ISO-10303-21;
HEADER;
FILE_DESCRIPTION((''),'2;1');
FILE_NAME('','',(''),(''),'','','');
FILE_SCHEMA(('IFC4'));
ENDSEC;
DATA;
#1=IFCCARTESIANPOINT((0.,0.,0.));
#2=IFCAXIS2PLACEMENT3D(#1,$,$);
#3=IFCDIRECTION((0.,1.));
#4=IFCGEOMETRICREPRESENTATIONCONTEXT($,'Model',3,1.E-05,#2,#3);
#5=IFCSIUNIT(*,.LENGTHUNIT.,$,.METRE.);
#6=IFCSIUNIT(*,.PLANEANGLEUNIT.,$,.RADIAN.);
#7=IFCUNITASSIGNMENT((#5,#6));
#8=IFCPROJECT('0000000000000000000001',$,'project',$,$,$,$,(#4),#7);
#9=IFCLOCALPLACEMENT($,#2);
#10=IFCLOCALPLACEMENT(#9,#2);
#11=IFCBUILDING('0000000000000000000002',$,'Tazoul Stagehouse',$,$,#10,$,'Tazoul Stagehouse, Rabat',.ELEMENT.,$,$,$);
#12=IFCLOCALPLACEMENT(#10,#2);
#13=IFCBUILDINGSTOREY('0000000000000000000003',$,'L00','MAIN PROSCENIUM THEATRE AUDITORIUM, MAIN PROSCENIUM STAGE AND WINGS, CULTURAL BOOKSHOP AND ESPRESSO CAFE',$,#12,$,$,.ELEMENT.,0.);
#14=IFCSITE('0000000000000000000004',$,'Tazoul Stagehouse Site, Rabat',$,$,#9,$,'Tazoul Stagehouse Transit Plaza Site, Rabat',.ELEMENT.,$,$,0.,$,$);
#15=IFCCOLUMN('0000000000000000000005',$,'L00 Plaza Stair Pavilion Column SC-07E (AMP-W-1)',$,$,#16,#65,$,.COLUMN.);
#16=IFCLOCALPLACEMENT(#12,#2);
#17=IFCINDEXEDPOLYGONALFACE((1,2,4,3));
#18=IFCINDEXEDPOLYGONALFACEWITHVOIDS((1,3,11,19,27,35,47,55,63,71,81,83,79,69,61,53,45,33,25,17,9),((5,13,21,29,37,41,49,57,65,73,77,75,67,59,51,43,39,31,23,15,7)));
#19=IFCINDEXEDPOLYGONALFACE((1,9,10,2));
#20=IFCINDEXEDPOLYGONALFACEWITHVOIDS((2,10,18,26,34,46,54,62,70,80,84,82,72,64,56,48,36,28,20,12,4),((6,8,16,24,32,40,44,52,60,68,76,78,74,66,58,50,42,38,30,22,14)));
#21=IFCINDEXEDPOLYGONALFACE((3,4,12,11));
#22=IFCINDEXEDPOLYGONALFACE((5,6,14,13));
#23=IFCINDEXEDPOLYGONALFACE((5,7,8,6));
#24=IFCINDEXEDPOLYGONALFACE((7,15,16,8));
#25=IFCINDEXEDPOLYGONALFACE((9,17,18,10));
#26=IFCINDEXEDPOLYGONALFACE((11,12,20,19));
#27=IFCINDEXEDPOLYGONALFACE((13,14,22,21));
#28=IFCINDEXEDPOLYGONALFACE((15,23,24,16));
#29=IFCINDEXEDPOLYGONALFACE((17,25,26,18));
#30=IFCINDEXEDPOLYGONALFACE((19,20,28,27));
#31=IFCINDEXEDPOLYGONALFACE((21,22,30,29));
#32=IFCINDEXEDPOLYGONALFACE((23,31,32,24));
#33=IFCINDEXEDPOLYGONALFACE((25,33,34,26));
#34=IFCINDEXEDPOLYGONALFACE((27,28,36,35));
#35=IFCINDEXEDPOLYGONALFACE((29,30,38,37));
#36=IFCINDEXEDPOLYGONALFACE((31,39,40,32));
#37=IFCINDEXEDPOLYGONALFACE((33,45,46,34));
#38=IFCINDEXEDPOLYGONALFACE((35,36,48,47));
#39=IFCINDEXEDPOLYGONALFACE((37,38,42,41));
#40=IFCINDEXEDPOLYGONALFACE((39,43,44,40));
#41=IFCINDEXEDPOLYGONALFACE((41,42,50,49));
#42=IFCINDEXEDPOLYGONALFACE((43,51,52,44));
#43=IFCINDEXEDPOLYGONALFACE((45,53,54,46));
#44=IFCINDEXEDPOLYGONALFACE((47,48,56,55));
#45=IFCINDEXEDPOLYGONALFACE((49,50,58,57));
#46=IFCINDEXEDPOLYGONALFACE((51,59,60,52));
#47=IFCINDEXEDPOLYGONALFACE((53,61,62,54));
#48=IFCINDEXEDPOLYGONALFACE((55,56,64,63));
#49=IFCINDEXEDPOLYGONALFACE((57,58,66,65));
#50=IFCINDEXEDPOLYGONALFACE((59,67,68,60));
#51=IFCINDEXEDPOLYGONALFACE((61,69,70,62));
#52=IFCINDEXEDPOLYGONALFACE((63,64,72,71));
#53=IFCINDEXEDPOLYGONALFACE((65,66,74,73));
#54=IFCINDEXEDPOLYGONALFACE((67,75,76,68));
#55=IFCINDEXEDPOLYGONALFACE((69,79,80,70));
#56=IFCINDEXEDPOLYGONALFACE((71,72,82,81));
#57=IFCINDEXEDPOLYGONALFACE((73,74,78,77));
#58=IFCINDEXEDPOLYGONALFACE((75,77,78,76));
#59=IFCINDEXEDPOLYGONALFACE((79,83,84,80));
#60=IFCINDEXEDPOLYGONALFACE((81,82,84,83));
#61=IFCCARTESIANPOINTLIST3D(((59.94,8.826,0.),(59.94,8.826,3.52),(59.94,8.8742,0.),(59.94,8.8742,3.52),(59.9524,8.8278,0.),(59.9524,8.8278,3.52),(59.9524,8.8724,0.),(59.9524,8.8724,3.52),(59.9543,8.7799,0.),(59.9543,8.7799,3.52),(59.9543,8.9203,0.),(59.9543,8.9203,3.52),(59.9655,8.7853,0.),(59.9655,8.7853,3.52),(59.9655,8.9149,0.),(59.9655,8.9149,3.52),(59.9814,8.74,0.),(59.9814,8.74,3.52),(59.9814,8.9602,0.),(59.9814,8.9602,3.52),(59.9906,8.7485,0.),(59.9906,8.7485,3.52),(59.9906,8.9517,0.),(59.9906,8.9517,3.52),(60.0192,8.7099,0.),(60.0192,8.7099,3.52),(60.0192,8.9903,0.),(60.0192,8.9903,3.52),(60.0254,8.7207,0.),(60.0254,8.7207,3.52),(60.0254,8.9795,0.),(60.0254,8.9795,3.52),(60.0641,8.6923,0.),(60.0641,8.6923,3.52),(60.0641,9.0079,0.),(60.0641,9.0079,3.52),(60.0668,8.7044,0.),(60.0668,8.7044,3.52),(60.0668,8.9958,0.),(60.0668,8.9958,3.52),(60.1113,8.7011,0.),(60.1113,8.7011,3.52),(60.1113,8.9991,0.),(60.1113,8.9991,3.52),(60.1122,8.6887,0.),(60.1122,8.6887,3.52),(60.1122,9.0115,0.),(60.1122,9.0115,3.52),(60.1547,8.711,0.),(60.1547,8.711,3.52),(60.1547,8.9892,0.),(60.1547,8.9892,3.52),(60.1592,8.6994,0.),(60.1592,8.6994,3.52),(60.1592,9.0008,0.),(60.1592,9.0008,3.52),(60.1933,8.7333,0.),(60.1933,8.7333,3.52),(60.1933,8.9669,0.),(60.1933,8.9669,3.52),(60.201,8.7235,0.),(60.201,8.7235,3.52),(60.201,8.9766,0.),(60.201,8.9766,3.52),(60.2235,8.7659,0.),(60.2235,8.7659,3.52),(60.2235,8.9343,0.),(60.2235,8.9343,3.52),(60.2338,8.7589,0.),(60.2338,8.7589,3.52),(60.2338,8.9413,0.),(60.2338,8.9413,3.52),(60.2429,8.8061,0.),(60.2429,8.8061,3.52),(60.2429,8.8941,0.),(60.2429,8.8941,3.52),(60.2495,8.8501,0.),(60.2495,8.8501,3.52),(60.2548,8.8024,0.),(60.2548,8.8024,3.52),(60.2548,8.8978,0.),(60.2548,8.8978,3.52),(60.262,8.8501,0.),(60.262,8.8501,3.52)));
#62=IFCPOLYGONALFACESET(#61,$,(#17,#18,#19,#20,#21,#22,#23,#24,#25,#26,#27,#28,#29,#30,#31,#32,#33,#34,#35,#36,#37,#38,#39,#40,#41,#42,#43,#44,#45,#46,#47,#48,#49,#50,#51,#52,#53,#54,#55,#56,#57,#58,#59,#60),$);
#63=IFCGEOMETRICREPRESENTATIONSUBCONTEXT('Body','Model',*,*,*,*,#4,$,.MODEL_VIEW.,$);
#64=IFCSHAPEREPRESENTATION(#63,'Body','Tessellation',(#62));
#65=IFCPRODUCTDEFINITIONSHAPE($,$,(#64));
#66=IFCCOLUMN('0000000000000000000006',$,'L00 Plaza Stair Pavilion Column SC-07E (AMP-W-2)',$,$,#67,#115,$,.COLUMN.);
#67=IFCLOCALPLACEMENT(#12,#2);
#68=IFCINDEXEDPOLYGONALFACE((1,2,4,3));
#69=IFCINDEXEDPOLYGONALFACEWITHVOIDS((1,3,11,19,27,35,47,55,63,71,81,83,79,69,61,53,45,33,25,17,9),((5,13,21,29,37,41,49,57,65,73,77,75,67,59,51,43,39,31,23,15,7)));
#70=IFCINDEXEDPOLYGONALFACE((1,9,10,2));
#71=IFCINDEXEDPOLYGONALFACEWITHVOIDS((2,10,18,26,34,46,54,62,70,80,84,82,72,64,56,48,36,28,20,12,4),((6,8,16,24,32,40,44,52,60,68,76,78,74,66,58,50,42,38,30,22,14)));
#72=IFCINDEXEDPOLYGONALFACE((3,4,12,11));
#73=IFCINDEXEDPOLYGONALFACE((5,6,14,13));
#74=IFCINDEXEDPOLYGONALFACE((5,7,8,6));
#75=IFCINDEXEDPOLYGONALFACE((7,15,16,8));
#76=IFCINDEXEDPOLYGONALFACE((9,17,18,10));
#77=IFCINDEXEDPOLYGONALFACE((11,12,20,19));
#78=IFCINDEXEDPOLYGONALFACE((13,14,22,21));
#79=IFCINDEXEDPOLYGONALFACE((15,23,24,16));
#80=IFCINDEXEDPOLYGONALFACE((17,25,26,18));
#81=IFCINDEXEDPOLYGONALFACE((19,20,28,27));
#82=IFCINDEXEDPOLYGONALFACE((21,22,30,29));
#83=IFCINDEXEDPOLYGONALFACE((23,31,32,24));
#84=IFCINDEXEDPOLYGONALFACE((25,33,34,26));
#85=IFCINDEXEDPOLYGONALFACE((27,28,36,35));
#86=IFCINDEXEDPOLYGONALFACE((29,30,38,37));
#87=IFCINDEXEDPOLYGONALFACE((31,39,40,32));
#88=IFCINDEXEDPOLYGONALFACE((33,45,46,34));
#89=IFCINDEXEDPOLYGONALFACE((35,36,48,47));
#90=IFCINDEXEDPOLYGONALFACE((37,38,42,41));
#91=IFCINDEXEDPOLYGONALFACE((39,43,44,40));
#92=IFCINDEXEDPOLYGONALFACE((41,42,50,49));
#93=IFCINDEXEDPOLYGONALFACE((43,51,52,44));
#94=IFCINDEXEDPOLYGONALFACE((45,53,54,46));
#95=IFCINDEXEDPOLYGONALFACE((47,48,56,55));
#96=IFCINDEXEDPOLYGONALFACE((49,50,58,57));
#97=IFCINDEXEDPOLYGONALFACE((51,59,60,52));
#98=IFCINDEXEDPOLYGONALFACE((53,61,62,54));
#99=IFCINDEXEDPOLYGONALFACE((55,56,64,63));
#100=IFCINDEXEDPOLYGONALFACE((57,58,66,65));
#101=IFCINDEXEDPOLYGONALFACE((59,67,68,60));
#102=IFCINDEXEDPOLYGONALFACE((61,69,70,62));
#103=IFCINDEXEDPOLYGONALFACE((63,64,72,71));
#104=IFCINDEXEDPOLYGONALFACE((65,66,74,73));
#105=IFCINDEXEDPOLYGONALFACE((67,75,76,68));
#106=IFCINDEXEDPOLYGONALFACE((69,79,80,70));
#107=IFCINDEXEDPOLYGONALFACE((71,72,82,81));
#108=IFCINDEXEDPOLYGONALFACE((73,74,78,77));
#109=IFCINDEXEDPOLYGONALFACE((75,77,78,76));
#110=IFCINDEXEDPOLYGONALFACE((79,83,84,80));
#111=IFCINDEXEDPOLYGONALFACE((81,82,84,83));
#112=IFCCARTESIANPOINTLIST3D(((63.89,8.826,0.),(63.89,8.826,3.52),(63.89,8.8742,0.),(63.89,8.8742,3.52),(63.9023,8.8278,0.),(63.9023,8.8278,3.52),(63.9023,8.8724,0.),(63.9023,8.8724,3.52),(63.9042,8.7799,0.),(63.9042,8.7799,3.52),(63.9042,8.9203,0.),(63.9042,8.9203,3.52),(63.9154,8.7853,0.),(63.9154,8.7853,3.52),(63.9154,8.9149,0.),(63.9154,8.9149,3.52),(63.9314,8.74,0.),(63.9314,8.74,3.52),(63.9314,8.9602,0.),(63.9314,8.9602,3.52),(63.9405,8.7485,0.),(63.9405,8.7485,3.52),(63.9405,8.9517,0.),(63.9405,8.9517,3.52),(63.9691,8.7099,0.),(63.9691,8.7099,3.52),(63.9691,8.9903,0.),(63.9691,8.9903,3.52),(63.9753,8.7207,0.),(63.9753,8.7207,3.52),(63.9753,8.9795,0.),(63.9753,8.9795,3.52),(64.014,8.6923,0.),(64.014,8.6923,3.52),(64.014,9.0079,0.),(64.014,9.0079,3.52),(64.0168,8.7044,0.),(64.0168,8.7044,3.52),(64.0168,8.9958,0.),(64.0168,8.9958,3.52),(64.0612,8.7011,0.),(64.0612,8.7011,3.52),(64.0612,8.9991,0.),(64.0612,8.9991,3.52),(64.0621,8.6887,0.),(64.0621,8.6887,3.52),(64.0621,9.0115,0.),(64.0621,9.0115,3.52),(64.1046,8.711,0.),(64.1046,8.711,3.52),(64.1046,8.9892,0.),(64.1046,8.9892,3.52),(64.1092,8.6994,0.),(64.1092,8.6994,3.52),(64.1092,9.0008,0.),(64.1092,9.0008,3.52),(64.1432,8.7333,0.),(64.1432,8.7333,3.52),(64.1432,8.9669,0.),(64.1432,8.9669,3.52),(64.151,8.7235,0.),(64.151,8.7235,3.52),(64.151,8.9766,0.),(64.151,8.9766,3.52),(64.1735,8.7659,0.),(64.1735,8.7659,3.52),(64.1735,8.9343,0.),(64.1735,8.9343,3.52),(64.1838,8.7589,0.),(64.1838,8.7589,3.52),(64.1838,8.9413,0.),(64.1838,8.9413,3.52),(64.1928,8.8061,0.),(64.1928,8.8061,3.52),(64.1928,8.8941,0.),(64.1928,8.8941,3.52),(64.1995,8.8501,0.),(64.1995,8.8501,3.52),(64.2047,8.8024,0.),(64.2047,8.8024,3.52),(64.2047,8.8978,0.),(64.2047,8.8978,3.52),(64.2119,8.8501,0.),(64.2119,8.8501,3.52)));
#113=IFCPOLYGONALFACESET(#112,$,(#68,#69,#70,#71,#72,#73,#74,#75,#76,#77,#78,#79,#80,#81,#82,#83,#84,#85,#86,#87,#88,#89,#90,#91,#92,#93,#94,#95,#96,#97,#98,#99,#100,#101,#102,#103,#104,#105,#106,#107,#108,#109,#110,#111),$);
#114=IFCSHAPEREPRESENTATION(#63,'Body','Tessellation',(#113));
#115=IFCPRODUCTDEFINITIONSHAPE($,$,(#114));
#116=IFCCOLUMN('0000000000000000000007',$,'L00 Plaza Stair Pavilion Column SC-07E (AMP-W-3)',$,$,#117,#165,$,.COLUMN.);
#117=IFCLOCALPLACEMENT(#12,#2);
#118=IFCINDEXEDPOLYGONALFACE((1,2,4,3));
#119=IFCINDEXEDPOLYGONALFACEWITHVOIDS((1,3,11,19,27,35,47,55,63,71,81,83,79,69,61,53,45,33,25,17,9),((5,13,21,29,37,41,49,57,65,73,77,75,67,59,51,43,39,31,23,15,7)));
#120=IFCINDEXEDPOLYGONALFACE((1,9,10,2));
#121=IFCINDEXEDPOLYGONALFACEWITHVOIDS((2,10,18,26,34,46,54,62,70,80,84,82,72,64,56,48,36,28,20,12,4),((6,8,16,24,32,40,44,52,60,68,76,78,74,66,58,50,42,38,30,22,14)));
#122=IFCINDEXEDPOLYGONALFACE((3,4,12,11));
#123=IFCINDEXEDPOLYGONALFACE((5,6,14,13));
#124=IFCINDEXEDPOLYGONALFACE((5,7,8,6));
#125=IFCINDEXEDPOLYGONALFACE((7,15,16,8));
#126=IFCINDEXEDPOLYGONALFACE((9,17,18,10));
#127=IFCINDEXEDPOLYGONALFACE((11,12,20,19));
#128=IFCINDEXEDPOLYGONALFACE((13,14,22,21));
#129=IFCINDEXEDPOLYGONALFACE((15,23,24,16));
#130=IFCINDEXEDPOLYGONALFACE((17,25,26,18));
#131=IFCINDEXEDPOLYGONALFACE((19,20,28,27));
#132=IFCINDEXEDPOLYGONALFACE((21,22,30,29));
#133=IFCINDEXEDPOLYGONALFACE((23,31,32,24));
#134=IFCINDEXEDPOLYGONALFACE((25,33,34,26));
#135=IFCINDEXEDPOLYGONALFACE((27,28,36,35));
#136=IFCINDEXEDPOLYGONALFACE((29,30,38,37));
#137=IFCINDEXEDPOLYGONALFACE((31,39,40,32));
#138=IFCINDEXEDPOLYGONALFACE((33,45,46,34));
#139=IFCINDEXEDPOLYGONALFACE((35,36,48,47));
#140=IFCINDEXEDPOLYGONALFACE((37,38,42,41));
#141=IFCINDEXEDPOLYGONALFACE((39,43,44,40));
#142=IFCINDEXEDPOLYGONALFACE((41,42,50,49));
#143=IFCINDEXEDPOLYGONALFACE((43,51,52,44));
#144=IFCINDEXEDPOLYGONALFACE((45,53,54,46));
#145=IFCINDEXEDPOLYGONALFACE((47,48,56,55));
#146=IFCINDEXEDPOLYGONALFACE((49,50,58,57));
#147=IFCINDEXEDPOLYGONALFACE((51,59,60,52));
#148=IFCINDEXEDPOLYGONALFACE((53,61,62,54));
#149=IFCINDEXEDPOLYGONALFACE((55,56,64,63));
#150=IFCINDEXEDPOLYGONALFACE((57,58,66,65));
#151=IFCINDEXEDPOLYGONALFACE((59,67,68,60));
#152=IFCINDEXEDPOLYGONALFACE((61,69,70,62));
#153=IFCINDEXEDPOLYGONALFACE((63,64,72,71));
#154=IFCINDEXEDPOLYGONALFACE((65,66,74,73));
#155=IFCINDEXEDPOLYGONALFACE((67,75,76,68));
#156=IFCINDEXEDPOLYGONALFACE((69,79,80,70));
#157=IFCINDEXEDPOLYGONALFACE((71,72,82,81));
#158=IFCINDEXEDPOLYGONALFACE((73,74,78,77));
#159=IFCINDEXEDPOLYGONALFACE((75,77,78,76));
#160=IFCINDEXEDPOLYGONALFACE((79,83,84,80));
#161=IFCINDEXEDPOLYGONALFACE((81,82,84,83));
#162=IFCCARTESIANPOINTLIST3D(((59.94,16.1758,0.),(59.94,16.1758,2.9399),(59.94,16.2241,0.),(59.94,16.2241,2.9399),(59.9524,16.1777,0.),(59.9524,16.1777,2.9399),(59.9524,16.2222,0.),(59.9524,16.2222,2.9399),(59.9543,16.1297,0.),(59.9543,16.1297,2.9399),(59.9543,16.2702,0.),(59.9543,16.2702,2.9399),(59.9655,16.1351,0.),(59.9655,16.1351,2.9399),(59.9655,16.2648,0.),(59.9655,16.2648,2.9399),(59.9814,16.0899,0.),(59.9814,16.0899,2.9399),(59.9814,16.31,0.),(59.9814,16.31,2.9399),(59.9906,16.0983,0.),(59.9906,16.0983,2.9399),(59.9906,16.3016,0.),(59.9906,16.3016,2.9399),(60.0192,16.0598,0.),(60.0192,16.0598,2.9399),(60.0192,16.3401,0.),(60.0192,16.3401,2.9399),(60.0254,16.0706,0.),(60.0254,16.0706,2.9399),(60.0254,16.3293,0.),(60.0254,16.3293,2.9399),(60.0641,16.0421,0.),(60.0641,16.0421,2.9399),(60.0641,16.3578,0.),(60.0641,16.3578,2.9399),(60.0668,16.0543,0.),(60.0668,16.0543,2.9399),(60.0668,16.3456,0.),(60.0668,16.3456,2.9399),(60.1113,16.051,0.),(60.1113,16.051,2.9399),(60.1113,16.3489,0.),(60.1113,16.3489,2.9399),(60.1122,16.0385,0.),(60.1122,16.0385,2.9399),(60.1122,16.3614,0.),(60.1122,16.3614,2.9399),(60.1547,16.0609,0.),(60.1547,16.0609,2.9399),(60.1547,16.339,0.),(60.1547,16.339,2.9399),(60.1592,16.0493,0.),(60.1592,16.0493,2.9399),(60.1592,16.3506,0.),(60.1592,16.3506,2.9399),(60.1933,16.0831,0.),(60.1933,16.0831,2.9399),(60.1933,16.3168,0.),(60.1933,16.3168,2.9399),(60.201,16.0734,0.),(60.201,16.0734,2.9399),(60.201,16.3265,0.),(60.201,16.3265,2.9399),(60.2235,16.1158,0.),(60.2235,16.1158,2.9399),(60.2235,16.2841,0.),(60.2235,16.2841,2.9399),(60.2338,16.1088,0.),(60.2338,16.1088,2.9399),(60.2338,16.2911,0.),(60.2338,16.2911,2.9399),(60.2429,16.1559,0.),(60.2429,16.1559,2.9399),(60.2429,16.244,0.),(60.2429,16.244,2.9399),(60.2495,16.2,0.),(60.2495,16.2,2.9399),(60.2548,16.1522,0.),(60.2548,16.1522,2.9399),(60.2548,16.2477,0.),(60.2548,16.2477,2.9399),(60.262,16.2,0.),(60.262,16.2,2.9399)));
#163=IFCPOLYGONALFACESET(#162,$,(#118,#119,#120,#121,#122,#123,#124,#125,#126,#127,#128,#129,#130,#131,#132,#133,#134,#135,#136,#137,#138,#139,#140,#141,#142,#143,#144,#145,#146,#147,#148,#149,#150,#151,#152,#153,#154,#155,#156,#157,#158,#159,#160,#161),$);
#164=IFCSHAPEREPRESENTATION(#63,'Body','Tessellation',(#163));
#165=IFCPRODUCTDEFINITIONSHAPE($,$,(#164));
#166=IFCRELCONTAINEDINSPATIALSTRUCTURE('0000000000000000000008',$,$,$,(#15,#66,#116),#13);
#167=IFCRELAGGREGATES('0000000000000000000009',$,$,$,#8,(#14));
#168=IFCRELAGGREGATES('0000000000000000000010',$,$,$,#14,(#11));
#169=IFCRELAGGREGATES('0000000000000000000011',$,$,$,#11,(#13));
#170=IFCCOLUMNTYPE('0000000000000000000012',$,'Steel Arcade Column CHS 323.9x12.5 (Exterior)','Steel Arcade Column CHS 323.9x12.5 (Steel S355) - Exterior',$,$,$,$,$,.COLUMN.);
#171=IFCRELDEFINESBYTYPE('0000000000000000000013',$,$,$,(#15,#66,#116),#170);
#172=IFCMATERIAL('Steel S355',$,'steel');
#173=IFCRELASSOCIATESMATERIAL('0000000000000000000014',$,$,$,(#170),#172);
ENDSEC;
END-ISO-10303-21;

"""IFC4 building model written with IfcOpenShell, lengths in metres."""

from ifc_helpers import new_model, si_unit, direction, frame, origin, origin_2d, place, context, subcontext, project, spatial, hollow_circle, extrude, material, material_profile, profile_set, type_object, element, save


model = new_model("IFC4")

# Units and contexts
model_context = context("Model", 3, precision=1e-05, world=origin(), true_north=direction((0.0, 1.0)))
body_context = subcontext(model_context, "Body", "Model", "MODEL_VIEW")
ifc_project = project(units=[si_unit("LENGTHUNIT", "METRE"), si_unit("PLANEANGLEUNIT", "RADIAN")], contexts=[model_context])

# Site, building, storey
site_placement = place(None, origin())
site = spatial("IfcSite", under=ifc_project, at=site_placement, Name="Tazoul Stagehouse Site, Rabat", LongName="Tazoul Stagehouse Transit Plaza Site, Rabat", CompositionType="ELEMENT", RefElevation=0.0)
building_placement = place(site_placement, origin())
building = spatial("IfcBuilding", under=site, at=building_placement, Name="Tazoul Stagehouse", LongName="Tazoul Stagehouse, Rabat", CompositionType="ELEMENT")
storey_placement = place(building_placement, origin())
storey = spatial("IfcBuildingStorey", under=building, at=storey_placement, Name="L00", Description="MAIN PROSCENIUM THEATRE AUDITORIUM, MAIN PROSCENIUM STAGE AND WINGS, CULTURAL BOOKSHOP AND ESPRESSO CAFE", CompositionType="ELEMENT", Elevation=0.0)

# Columns
ifc_material_1 = material(Name="Steel S355", Category="steel")
ifc_material_profile_1 = material_profile(ifc_material_1, hollow_circle(Radius=0.1619, WallThickness=0.0125, at=origin_2d()), Name="CHS 323.9x12.5")
ifc_profile_set_1 = profile_set([ifc_material_profile_1], Name="Steel S355")
column_type = type_object("IfcColumnType", Name="Steel Arcade Column CHS 323.9x12.5 (Exterior)", Description="Steel Arcade Column CHS 323.9x12.5 (Steel S355) - Exterior", PredefinedType="COLUMN", material=ifc_profile_set_1)
for number, where, z_axis, x_axis, name in (
    (1, (60.1001, 8.8501, 0.0), (0.0, 0.0, 1.0), (1.0, 0.0, 0.0), "L00 Plaza Stair Pavilion Column SC-07E (AMP-W-1)"),
    (2, (64.05, 8.8501, 0.0), (0.0, 0.0, 1.0), (1.0, 0.0, 0.0), "L00 Plaza Stair Pavilion Column SC-07E (AMP-W-2)"),
):
    element("IfcColumn", number, at=place(storey_placement, frame(where, z_axis=z_axis, x_axis=x_axis)), inside=storey, type_object=column_type, Name=name, PredefinedType="COLUMN", context=body_context, shape_type="SweptSolid", body=[
        extrude(hollow_circle(Radius=0.1619, WallThickness=0.0125, at=origin_2d()), origin(), (0.0, 0.0, 1.0), 3.52),
    ])
for number, where, z_axis, x_axis, name in (
    (3, (60.1001, 16.2, 0.0), (0.0, 0.0, 1.0), (1.0, 0.0, 0.0), "L00 Plaza Stair Pavilion Column SC-07E (AMP-W-3)"),
):
    element("IfcColumn", number, at=place(storey_placement, frame(where, z_axis=z_axis, x_axis=x_axis)), inside=storey, type_object=column_type, Name=name, PredefinedType="COLUMN", context=body_context, shape_type="SweptSolid", body=[
        extrude(hollow_circle(Radius=0.1619, WallThickness=0.0125, at=origin_2d()), origin(), (0.0, 0.0, 1.0), 2.9399),
    ])

save(model, "model.ifc")
